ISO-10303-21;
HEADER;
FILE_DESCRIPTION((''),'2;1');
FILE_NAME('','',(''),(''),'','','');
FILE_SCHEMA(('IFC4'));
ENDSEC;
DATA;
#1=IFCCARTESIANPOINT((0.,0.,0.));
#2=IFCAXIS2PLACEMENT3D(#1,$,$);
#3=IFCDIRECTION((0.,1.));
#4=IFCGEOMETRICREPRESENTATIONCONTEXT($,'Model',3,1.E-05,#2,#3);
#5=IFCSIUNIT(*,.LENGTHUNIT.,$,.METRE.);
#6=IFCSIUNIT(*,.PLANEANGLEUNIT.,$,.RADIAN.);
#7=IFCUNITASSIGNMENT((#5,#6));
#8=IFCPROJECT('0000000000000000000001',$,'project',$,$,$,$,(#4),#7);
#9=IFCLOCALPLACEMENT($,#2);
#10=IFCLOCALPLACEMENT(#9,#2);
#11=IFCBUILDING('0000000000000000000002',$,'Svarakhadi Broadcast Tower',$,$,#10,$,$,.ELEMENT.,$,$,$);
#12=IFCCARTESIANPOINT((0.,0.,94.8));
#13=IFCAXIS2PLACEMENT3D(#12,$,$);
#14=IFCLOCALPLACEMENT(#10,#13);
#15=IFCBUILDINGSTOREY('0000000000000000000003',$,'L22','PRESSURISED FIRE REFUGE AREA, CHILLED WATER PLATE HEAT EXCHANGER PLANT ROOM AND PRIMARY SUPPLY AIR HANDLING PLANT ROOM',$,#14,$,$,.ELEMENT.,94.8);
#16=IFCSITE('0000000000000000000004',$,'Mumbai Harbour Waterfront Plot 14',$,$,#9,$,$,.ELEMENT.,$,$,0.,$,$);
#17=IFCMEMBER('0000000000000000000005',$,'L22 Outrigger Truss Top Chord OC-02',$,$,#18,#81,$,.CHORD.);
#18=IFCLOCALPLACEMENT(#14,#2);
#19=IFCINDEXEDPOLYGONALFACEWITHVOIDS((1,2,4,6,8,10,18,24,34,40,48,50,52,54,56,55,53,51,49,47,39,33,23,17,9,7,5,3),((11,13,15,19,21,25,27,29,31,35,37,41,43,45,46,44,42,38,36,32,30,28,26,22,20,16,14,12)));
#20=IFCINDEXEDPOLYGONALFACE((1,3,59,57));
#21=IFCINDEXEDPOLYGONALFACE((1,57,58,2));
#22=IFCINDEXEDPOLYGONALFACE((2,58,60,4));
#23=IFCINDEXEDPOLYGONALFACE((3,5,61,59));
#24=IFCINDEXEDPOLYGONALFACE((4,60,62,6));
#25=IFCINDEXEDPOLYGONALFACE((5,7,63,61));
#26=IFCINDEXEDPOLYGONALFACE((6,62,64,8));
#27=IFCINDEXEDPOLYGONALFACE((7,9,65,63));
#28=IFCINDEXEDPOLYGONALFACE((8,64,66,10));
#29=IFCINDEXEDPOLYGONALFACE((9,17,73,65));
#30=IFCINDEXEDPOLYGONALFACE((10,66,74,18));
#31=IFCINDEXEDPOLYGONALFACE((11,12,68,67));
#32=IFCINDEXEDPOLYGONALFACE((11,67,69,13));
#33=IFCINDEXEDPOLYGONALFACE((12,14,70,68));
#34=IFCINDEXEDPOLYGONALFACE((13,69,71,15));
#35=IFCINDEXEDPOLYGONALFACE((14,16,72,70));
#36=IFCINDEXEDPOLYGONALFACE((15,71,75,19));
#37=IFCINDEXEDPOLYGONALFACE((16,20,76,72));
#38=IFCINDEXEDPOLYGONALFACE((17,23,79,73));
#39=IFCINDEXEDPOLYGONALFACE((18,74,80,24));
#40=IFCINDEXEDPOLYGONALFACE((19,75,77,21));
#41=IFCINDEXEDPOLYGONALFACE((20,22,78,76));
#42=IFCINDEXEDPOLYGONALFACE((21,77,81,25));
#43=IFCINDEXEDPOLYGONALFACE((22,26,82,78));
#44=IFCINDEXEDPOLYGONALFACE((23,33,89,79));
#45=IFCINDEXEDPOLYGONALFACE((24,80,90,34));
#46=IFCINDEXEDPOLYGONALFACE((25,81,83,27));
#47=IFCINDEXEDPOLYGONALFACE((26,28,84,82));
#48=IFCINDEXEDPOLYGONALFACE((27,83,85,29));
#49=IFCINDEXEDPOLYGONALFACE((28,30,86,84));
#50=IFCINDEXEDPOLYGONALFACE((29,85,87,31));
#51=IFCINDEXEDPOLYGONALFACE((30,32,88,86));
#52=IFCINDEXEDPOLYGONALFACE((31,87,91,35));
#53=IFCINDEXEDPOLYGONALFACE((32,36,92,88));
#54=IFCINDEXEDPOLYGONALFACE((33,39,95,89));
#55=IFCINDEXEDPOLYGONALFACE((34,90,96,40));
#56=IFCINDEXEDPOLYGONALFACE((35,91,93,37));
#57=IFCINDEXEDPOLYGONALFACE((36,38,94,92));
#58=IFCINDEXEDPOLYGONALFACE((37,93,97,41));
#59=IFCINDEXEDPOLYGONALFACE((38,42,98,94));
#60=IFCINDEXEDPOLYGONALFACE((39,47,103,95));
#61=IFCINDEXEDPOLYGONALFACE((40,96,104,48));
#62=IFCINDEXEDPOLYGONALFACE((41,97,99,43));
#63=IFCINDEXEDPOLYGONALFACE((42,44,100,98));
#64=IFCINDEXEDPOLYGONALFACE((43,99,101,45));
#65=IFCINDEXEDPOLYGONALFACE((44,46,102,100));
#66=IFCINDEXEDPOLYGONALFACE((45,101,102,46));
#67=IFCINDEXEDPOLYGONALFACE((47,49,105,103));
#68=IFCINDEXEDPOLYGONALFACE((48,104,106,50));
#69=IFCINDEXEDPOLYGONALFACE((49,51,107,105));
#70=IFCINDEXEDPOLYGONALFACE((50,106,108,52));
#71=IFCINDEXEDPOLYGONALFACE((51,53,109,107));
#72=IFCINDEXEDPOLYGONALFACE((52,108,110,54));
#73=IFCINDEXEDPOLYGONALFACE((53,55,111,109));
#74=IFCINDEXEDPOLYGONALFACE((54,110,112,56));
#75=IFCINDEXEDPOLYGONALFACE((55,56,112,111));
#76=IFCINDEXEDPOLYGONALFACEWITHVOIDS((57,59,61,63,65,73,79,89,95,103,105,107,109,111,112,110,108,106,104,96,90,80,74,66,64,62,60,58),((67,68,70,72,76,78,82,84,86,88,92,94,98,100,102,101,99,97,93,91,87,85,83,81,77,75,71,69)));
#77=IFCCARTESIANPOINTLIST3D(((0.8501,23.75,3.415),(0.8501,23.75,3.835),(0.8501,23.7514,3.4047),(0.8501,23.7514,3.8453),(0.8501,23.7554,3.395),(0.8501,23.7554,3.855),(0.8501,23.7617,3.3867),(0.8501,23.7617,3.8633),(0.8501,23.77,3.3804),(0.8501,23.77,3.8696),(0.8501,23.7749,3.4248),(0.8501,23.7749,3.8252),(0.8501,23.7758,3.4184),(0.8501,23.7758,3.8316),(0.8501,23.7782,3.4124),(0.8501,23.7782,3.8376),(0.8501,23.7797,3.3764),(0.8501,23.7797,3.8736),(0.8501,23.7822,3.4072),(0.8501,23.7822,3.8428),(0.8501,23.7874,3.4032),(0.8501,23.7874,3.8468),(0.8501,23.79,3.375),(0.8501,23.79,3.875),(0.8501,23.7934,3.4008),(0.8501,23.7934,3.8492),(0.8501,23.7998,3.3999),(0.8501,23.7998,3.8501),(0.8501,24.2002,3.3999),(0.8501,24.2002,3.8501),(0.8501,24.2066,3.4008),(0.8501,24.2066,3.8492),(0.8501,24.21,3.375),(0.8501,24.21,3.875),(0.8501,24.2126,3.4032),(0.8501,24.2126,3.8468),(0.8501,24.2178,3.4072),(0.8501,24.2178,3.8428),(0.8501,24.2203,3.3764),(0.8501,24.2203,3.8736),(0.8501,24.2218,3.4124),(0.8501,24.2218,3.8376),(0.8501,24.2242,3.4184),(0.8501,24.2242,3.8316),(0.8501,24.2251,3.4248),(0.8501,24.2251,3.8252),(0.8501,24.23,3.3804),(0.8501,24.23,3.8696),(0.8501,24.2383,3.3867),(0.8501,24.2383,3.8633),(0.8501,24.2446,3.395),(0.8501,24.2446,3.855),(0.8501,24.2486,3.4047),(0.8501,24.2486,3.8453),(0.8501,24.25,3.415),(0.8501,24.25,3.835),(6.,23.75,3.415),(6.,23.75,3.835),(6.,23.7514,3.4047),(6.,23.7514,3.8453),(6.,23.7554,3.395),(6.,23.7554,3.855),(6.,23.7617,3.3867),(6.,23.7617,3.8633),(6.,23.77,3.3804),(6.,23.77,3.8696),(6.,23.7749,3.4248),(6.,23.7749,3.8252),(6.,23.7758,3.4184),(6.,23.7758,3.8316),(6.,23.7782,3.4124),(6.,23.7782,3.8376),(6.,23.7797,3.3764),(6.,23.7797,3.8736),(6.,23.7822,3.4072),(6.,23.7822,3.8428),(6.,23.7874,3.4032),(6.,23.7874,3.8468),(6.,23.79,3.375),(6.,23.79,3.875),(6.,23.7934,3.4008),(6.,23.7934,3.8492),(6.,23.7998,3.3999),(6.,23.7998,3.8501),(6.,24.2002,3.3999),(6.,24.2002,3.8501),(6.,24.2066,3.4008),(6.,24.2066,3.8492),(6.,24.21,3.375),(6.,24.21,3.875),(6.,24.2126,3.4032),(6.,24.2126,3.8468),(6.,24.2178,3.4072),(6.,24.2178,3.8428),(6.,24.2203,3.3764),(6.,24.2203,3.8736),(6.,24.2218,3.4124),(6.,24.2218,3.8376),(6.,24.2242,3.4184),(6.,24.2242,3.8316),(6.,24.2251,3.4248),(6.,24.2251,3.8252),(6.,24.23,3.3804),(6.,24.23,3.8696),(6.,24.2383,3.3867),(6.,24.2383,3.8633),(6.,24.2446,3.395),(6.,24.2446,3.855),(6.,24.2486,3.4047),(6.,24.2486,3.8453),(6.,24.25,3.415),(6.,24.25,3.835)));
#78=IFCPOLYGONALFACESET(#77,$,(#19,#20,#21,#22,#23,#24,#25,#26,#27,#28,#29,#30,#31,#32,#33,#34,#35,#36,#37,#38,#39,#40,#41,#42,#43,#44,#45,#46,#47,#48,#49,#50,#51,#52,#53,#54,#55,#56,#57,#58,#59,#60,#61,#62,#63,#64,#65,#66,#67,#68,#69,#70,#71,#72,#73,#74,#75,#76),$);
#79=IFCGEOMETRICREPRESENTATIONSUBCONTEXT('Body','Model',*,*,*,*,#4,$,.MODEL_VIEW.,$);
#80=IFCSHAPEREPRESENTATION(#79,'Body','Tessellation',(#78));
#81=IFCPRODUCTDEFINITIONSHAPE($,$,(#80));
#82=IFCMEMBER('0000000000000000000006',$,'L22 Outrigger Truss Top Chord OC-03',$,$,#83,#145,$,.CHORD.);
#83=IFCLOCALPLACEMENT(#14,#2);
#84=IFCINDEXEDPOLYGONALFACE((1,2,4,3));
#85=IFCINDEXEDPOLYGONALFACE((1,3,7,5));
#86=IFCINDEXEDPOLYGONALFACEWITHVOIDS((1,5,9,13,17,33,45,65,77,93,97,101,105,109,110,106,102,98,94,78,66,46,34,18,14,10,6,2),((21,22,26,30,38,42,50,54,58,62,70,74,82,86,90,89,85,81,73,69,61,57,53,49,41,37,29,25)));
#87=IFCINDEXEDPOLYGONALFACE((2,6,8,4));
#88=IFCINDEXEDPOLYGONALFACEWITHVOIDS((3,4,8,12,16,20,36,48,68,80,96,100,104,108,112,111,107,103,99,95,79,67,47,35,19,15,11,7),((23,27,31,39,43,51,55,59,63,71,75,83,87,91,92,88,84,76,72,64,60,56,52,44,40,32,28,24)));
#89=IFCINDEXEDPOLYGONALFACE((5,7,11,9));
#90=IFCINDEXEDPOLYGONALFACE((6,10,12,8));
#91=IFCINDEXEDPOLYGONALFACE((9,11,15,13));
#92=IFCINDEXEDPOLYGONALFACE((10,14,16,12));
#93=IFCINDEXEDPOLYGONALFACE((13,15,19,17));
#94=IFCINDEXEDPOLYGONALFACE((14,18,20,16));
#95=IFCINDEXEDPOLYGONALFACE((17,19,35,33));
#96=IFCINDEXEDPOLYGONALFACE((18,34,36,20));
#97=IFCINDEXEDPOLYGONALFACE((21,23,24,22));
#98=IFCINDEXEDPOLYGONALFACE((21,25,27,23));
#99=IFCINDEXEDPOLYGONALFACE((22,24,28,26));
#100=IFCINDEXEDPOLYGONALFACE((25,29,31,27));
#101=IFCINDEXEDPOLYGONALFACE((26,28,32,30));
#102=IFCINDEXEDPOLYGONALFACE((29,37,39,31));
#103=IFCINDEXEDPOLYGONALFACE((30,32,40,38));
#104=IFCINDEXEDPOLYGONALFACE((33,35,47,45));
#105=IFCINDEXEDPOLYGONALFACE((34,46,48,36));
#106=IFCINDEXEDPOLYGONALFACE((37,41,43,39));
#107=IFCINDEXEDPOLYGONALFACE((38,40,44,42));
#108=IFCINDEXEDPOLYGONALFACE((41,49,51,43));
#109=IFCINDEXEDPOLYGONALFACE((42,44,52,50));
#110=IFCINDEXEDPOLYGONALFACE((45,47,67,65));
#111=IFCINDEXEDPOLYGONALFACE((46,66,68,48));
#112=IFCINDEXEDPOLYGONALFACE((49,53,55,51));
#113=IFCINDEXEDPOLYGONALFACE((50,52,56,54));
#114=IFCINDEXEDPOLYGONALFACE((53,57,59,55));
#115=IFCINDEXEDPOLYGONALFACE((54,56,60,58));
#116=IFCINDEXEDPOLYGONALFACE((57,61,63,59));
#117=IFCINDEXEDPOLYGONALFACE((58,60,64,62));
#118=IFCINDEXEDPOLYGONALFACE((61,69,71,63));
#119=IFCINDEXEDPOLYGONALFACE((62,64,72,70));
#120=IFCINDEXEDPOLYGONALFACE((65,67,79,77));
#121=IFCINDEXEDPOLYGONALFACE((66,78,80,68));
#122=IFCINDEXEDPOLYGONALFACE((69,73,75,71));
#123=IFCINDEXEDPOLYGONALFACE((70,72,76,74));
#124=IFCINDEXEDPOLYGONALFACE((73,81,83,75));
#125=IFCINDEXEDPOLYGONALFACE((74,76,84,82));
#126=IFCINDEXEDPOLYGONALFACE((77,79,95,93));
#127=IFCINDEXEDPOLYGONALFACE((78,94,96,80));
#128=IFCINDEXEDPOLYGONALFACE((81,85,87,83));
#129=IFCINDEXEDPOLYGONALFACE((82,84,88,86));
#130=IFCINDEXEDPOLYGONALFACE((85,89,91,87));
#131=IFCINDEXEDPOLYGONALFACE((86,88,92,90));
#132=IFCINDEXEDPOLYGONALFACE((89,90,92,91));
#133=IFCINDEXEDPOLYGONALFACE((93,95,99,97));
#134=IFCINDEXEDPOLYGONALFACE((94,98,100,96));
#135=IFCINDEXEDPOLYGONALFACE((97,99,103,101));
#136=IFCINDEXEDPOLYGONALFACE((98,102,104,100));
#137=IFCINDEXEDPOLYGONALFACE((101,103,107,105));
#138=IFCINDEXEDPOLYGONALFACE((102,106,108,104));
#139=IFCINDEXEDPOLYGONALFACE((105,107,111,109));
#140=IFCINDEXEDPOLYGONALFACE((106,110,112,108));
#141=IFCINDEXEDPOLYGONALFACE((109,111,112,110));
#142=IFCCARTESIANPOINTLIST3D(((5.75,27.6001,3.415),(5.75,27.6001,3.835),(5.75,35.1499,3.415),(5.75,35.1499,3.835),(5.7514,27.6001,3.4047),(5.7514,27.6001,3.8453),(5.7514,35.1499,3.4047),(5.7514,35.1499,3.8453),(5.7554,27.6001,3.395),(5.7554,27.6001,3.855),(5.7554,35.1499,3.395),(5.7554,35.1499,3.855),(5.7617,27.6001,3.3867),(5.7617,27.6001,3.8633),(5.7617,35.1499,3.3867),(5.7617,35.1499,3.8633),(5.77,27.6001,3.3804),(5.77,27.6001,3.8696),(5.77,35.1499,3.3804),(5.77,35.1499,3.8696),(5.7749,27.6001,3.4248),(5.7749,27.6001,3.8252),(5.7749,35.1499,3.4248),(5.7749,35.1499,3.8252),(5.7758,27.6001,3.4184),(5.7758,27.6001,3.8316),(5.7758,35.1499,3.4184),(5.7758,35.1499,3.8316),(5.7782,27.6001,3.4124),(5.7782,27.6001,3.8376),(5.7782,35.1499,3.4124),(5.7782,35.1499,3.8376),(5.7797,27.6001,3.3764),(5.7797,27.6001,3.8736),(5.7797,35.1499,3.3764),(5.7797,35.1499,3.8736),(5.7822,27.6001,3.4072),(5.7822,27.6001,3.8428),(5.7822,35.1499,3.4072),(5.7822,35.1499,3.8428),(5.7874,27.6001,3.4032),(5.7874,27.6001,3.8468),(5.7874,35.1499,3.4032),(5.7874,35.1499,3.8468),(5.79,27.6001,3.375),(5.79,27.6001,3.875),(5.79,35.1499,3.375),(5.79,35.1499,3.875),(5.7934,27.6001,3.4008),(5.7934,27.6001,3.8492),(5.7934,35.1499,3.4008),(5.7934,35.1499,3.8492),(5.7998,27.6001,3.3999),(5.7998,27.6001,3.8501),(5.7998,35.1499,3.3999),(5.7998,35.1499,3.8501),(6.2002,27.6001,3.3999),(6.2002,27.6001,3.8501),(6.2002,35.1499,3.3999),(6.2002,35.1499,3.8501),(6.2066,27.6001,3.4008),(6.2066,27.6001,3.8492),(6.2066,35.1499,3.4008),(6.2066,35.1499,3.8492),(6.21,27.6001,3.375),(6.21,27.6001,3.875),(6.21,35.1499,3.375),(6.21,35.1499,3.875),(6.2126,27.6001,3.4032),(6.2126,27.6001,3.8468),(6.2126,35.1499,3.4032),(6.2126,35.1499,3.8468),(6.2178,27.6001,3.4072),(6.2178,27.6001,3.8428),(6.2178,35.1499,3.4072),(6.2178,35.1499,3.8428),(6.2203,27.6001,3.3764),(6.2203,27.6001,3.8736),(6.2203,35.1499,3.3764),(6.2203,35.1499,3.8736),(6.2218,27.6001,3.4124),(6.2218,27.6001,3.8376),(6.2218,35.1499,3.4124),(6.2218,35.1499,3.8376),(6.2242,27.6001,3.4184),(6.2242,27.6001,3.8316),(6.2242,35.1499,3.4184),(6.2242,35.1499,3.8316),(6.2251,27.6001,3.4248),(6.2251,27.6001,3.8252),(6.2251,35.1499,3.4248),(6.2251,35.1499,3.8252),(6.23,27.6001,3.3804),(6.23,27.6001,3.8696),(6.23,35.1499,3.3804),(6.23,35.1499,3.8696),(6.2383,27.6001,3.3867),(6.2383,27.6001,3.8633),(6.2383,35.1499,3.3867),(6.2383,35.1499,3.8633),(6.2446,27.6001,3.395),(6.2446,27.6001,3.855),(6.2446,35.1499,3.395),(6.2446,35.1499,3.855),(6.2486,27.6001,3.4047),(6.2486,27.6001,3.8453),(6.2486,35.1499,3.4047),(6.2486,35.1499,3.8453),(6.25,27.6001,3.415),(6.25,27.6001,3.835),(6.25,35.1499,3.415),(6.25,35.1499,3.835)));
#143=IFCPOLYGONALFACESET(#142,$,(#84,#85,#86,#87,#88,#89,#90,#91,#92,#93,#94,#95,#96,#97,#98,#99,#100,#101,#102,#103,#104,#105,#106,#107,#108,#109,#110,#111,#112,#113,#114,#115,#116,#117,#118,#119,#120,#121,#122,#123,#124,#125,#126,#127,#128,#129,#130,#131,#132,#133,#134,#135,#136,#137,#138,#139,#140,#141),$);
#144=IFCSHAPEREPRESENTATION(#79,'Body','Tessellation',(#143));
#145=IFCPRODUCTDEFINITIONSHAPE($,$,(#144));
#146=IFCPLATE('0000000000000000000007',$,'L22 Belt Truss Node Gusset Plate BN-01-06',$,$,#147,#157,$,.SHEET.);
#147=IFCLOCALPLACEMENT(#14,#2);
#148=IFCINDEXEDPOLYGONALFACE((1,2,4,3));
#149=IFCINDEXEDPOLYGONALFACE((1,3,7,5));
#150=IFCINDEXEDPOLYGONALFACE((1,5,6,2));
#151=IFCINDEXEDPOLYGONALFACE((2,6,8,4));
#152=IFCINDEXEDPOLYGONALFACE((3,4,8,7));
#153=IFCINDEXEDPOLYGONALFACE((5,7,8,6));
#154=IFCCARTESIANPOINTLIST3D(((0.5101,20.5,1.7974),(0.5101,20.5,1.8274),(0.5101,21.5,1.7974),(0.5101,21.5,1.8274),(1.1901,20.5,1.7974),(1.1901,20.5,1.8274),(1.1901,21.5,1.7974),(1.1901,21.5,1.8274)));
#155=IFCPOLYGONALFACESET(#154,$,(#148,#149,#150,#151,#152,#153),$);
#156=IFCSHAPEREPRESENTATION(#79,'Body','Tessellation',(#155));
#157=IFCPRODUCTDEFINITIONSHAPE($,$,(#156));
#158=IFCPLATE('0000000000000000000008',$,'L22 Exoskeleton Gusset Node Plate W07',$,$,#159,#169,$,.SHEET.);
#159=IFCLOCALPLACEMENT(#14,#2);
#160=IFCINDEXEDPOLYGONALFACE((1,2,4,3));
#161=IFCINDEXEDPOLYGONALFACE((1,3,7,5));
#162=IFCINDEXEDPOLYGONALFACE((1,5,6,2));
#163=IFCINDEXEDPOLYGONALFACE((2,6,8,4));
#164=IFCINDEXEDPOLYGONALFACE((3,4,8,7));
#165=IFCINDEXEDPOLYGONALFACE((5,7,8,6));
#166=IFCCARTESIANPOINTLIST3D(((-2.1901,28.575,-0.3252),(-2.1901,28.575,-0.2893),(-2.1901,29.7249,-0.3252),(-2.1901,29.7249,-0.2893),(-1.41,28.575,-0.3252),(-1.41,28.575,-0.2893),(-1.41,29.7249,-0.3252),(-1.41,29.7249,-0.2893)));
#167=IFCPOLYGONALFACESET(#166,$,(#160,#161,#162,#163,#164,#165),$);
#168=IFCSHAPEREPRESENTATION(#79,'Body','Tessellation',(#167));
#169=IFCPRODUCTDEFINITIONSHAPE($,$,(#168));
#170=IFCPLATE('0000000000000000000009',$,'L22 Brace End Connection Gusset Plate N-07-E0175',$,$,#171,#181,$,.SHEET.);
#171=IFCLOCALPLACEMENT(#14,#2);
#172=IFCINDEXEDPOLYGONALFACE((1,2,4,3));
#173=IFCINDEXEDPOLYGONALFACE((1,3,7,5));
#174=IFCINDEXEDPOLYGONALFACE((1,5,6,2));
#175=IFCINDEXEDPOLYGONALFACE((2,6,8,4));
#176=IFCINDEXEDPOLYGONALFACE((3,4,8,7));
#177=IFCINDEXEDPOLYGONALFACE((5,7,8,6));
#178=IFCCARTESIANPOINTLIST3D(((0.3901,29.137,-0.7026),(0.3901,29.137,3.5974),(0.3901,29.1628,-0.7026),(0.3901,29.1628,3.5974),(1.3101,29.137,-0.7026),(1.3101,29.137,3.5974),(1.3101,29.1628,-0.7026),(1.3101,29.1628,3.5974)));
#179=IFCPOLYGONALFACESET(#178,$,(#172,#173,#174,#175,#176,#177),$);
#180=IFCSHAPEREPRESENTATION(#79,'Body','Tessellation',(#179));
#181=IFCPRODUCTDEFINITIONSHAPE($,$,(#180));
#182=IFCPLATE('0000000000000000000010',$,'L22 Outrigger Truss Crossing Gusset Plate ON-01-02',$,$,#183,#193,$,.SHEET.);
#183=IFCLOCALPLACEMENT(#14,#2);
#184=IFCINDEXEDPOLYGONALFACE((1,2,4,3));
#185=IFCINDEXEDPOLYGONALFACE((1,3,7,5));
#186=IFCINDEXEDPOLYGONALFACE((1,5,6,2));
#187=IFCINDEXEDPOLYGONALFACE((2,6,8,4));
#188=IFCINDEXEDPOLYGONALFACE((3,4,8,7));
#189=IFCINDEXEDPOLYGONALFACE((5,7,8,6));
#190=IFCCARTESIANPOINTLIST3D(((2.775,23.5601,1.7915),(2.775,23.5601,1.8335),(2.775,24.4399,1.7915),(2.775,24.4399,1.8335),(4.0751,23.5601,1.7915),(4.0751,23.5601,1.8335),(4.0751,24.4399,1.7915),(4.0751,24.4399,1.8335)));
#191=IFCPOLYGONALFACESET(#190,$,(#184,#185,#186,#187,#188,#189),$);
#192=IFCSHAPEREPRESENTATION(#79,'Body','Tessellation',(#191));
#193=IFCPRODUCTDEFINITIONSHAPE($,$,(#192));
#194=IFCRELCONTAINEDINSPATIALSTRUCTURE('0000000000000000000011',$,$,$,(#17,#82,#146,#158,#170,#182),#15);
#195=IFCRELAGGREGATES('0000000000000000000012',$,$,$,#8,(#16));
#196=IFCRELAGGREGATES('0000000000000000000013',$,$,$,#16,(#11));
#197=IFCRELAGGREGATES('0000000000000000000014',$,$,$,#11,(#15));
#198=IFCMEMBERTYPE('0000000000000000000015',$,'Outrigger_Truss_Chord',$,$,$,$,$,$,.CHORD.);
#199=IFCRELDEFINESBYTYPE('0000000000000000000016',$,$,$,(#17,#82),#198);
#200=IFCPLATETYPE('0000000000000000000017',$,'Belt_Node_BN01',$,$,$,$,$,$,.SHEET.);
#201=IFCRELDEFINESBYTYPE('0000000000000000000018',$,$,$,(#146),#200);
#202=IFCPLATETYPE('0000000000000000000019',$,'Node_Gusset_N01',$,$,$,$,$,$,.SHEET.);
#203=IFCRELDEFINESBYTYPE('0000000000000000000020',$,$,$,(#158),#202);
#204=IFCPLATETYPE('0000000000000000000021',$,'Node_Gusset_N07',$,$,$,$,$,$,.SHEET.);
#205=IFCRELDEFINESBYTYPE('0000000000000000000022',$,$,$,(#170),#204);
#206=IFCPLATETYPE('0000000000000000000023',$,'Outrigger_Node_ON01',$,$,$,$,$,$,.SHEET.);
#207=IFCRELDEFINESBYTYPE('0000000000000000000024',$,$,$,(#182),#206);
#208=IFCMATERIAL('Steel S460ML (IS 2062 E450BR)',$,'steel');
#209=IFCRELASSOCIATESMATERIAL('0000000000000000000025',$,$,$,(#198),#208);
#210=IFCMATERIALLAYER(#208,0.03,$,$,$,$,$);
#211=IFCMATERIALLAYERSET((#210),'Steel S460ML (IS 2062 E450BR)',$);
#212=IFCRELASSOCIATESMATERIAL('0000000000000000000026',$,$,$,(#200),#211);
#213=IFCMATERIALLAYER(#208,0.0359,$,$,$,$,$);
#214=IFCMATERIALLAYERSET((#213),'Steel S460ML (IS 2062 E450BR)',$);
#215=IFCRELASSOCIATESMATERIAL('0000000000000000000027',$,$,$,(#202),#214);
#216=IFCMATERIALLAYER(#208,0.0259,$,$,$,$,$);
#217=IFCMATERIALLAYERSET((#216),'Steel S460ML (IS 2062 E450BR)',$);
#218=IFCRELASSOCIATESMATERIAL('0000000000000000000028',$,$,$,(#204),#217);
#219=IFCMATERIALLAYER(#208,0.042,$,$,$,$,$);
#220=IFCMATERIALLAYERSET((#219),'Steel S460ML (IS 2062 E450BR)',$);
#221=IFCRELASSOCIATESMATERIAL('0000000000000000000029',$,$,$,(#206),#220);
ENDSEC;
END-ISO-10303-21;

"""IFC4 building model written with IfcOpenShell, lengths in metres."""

from ifc_helpers import new_model, si_unit, direction, frame, origin, origin_2d, place, context, subcontext, project, spatial, rectangle, hollow_rectangle, extrude, material, layer, layer_set, material_profile, profile_set, type_object, element, save


model = new_model("IFC4")

# Units and contexts
model_context = context("Model", 3, precision=1e-05, world=origin(), true_north=direction((0.0, 1.0)))
body_context = subcontext(model_context, "Body", "Model", "MODEL_VIEW")
ifc_project = project(units=[si_unit("LENGTHUNIT", "METRE"), si_unit("PLANEANGLEUNIT", "RADIAN")], contexts=[model_context])

# Site, building, storey
site_placement = place(None, origin())
site = spatial("IfcSite", under=ifc_project, at=site_placement, Name="Mumbai Harbour Waterfront Plot 14", CompositionType="ELEMENT", RefElevation=0.0)
building_placement = place(site_placement, origin())
building = spatial("IfcBuilding", under=site, at=building_placement, Name="Svarakhadi Broadcast Tower", CompositionType="ELEMENT")
storey_placement = place(building_placement, frame((0.0, 0.0, 94.8)))
storey = spatial("IfcBuildingStorey", under=building, at=storey_placement, Name="L22", Description="PRESSURISED FIRE REFUGE AREA, CHILLED WATER PLATE HEAT EXCHANGER PLANT ROOM AND PRIMARY SUPPLY AIR HANDLING PLANT ROOM", CompositionType="ELEMENT", Elevation=94.8)

# Shared definitions
ifc_material_1 = material(Name="Steel S460ML (IS 2062 E450BR)", Category="steel")

# Members
ifc_material_profile_1 = material_profile(ifc_material_1, hollow_rectangle(XDim=0.5, YDim=0.5, WallThickness=0.0249, InnerFilletRadius=0.0249, OuterFilletRadius=0.04, at=origin_2d()), Name="SHS 500x500x25")
ifc_profile_set_1 = profile_set([ifc_material_profile_1], Name="Steel S460ML (IS 2062 E450BR)")
member_type_1 = type_object("IfcMemberType", Name="Outrigger_Truss_Chord", PredefinedType="CHORD", material=ifc_profile_set_1)
member_1_placement = place(storey_placement, frame((6.0, 24.0, 3.625), z_axis=(-1.0, 0.0, 0.0), x_axis=(0.0, -1.0, 0.0)))
element("IfcMember", 1, at=member_1_placement, inside=storey, type_object=member_type_1, Name="L22 Outrigger Truss Top Chord OC-02", PredefinedType="CHORD", context=body_context, shape_type="SweptSolid", body=[
    extrude(hollow_rectangle(XDim=0.5, YDim=0.5, WallThickness=0.0249, InnerFilletRadius=0.0249, OuterFilletRadius=0.04, at=origin_2d()), origin(), (0.0, 0.0, 1.0), 5.1499),
])
member_2_placement = place(storey_placement, frame((6.0, 27.6001, 3.625), z_axis=(0.0, 1.0, 0.0), x_axis=(-1.0, 0.0, 0.0)))
element("IfcMember", 2, at=member_2_placement, inside=storey, type_object=member_type_1, Name="L22 Outrigger Truss Top Chord OC-03", PredefinedType="CHORD", context=body_context, shape_type="SweptSolid", body=[
    extrude(hollow_rectangle(XDim=0.5, YDim=0.5, WallThickness=0.0249, InnerFilletRadius=0.0249, OuterFilletRadius=0.04, at=origin_2d()), origin(), (0.0, 0.0, 1.0), 7.5498),
])

# Plates
ifc_layer_1 = layer(ifc_material_1, 0.03)
ifc_layer_set_1 = layer_set([ifc_layer_1], Name="Steel S460ML (IS 2062 E450BR)")
plate_type_1 = type_object("IfcPlateType", Name="Belt_Node_BN01", PredefinedType="SHEET", material=ifc_layer_set_1)
plate_1_placement = place(storey_placement, frame((0.8501, 21.0, 1.7974), z_axis=(0.0, 0.0, 1.0), x_axis=(0.0, 1.0, 0.0)))
element("IfcPlate", 3, at=plate_1_placement, inside=storey, type_object=plate_type_1, Name="L22 Belt Truss Node Gusset Plate BN-01-06", PredefinedType="SHEET", context=body_context, shape_type="SweptSolid", body=[
    extrude(rectangle(XDim=1.0, YDim=0.6799, at=origin_2d()), origin(), (0.0, 0.0, 1.0), 0.03),
])
ifc_layer_2 = layer(ifc_material_1, 0.0359)
ifc_layer_set_2 = layer_set([ifc_layer_2], Name="Steel S460ML (IS 2062 E450BR)")
plate_type_2 = type_object("IfcPlateType", Name="Node_Gusset_N01", PredefinedType="SHEET", material=ifc_layer_set_2)
plate_2_placement = place(storey_placement, frame((-1.8, 29.1499, -0.3252), z_axis=(0.0, 0.0, 1.0), x_axis=(0.0, 1.0, 0.0)))
element("IfcPlate", 4, at=plate_2_placement, inside=storey, type_object=plate_type_2, Name="L22 Exoskeleton Gusset Node Plate W07", PredefinedType="SHEET", context=body_context, shape_type="SweptSolid", body=[
    extrude(rectangle(XDim=1.1499, YDim=0.78, at=origin_2d()), origin(), (0.0, 0.0, 1.0), 0.0359),
])
ifc_layer_3 = layer(ifc_material_1, 0.0259)
ifc_layer_set_3 = layer_set([ifc_layer_3], Name="Steel S460ML (IS 2062 E450BR)")
plate_type_3 = type_object("IfcPlateType", Name="Node_Gusset_N07", PredefinedType="SHEET", material=ifc_layer_set_3)
plate_3_placement = place(storey_placement, frame((0.8501, 29.1499, -0.7026), z_axis=(0.0, 0.0, 1.0), x_axis=(1.0, 0.0, 0.0)))
element("IfcPlate", 5, at=plate_3_placement, inside=storey, type_object=plate_type_3, Name="L22 Brace End Connection Gusset Plate N-07-E0175", PredefinedType="SHEET", context=body_context, shape_type="SweptSolid", body=[
    extrude(rectangle(XDim=0.9199, YDim=0.0259, at=origin_2d()), origin(), (0.0, 0.0, 1.0), 4.3),
])
ifc_layer_4 = layer(ifc_material_1, 0.042)
ifc_layer_set_4 = layer_set([ifc_layer_4], Name="Steel S460ML (IS 2062 E450BR)")
plate_type_4 = type_object("IfcPlateType", Name="Outrigger_Node_ON01", PredefinedType="SHEET", material=ifc_layer_set_4)
for number, where, z_axis, x_axis, name in (
    (6, (3.425, 24.0, 1.7915), (0.0, 0.0, 1.0), (1.0, 0.0, 0.0), "L22 Outrigger Truss Crossing Gusset Plate ON-01-02"),
):
    element("IfcPlate", number, at=place(storey_placement, frame(where, z_axis=z_axis, x_axis=x_axis)), inside=storey, type_object=plate_type_4, Name=name, PredefinedType="SHEET", context=body_context, shape_type="SweptSolid", body=[
        extrude(rectangle(XDim=1.3, YDim=0.8799, at=origin_2d()), origin(), (0.0, 0.0, 1.0), 0.042),
    ])

save(model, "model.ifc")
